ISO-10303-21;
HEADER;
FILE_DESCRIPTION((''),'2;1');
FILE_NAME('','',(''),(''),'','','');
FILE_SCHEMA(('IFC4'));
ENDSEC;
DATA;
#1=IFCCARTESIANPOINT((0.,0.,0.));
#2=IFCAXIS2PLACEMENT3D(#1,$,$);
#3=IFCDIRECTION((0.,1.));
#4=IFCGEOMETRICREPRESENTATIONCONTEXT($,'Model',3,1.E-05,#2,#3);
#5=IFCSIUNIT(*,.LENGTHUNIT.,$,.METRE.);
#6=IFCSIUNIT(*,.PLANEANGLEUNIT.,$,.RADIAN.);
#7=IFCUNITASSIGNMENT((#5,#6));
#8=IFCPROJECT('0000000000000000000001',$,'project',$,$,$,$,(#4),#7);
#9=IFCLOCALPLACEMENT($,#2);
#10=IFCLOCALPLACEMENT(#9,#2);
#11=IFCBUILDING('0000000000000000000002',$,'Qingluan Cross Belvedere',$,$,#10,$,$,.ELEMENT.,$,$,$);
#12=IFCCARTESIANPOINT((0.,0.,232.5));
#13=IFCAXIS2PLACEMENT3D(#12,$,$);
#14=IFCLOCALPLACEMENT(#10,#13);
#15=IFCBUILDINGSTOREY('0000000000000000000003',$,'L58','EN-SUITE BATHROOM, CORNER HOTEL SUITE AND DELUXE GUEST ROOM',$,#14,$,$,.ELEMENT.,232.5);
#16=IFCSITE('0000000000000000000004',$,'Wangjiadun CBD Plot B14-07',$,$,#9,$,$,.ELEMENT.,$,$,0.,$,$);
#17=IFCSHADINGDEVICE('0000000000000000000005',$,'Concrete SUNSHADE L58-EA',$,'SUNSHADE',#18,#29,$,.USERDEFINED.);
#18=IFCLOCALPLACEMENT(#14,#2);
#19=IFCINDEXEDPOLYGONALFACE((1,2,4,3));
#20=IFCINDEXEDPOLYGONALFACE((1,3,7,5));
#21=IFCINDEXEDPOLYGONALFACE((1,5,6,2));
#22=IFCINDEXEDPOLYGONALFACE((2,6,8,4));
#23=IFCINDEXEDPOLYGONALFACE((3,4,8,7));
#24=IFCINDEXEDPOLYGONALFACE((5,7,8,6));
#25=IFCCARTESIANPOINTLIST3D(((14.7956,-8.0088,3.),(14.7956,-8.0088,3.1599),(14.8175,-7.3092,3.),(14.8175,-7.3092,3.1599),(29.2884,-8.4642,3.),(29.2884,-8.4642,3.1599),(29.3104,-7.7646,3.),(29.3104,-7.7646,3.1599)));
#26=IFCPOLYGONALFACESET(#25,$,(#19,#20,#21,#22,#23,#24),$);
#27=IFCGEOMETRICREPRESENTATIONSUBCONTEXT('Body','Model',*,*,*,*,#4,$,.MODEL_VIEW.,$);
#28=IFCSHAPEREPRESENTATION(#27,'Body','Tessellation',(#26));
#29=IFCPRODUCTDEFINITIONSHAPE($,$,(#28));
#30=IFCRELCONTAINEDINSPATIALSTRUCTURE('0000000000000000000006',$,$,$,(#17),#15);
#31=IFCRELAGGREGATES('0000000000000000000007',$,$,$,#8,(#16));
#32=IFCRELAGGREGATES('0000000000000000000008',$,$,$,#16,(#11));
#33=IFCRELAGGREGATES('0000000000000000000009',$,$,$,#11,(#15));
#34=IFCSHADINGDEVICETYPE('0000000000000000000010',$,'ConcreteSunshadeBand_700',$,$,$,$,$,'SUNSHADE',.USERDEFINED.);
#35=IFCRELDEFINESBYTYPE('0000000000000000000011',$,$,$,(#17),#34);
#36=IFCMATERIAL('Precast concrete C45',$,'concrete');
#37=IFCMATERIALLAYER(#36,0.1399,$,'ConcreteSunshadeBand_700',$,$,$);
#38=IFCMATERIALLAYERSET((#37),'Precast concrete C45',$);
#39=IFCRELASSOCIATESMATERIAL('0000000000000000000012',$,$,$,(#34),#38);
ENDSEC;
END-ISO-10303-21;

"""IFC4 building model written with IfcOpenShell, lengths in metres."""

from ifc_helpers import new_model, si_unit, direction, frame, origin, origin_2d, place, context, subcontext, project, spatial, rectangle, extrude, material, layer, layer_set, type_object, element, save


model = new_model("IFC4")

# Units and contexts
model_context = context("Model", 3, precision=1e-05, world=origin(), true_north=direction((0.0, 1.0)))
body_context = subcontext(model_context, "Body", "Model", "MODEL_VIEW")
ifc_project = project(units=[si_unit("LENGTHUNIT", "METRE"), si_unit("PLANEANGLEUNIT", "RADIAN")], contexts=[model_context])

# Site, building, storey
site_placement = place(None, origin())
site = spatial("IfcSite", under=ifc_project, at=site_placement, Name="Wangjiadun CBD Plot B14-07", CompositionType="ELEMENT", RefElevation=0.0)
building_placement = place(site_placement, origin())
building = spatial("IfcBuilding", under=site, at=building_placement, Name="Qingluan Cross Belvedere", CompositionType="ELEMENT")
storey_placement = place(building_placement, frame((0.0, 0.0, 232.5)))
storey = spatial("IfcBuildingStorey", under=building, at=storey_placement, Name="L58", Description="EN-SUITE BATHROOM, CORNER HOTEL SUITE AND DELUXE GUEST ROOM", CompositionType="ELEMENT", Elevation=232.5)

# Shading device
ifc_material_1 = material(Name="Precast concrete C45", Category="concrete")
ifc_layer_1 = layer(ifc_material_1, 0.1399, Name="ConcreteSunshadeBand_700")
ifc_layer_set_1 = layer_set([ifc_layer_1], Name="Precast concrete C45")
shading_device_type = type_object("IfcShadingDeviceType", Name="ConcreteSunshadeBand_700", ElementType="SUNSHADE", PredefinedType="USERDEFINED", material=ifc_layer_set_1)
shading_device_placement = place(storey_placement, frame((22.053, -7.8867, 3.0), z_axis=(0.0, 0.0, 1.0), x_axis=(0.999507, -0.031408, 0.0)))
element("IfcShadingDevice", 1, at=shading_device_placement, inside=storey, type_object=shading_device_type, Name="Concrete SUNSHADE L58-EA", ObjectType="SUNSHADE", PredefinedType="USERDEFINED", context=body_context, shape_type="SweptSolid", body=[
    extrude(rectangle(XDim=14.5, YDim=0.7, at=origin_2d()), origin(), (0.0, 0.0, 1.0), 0.1599),
])

save(model, "model.ifc")
